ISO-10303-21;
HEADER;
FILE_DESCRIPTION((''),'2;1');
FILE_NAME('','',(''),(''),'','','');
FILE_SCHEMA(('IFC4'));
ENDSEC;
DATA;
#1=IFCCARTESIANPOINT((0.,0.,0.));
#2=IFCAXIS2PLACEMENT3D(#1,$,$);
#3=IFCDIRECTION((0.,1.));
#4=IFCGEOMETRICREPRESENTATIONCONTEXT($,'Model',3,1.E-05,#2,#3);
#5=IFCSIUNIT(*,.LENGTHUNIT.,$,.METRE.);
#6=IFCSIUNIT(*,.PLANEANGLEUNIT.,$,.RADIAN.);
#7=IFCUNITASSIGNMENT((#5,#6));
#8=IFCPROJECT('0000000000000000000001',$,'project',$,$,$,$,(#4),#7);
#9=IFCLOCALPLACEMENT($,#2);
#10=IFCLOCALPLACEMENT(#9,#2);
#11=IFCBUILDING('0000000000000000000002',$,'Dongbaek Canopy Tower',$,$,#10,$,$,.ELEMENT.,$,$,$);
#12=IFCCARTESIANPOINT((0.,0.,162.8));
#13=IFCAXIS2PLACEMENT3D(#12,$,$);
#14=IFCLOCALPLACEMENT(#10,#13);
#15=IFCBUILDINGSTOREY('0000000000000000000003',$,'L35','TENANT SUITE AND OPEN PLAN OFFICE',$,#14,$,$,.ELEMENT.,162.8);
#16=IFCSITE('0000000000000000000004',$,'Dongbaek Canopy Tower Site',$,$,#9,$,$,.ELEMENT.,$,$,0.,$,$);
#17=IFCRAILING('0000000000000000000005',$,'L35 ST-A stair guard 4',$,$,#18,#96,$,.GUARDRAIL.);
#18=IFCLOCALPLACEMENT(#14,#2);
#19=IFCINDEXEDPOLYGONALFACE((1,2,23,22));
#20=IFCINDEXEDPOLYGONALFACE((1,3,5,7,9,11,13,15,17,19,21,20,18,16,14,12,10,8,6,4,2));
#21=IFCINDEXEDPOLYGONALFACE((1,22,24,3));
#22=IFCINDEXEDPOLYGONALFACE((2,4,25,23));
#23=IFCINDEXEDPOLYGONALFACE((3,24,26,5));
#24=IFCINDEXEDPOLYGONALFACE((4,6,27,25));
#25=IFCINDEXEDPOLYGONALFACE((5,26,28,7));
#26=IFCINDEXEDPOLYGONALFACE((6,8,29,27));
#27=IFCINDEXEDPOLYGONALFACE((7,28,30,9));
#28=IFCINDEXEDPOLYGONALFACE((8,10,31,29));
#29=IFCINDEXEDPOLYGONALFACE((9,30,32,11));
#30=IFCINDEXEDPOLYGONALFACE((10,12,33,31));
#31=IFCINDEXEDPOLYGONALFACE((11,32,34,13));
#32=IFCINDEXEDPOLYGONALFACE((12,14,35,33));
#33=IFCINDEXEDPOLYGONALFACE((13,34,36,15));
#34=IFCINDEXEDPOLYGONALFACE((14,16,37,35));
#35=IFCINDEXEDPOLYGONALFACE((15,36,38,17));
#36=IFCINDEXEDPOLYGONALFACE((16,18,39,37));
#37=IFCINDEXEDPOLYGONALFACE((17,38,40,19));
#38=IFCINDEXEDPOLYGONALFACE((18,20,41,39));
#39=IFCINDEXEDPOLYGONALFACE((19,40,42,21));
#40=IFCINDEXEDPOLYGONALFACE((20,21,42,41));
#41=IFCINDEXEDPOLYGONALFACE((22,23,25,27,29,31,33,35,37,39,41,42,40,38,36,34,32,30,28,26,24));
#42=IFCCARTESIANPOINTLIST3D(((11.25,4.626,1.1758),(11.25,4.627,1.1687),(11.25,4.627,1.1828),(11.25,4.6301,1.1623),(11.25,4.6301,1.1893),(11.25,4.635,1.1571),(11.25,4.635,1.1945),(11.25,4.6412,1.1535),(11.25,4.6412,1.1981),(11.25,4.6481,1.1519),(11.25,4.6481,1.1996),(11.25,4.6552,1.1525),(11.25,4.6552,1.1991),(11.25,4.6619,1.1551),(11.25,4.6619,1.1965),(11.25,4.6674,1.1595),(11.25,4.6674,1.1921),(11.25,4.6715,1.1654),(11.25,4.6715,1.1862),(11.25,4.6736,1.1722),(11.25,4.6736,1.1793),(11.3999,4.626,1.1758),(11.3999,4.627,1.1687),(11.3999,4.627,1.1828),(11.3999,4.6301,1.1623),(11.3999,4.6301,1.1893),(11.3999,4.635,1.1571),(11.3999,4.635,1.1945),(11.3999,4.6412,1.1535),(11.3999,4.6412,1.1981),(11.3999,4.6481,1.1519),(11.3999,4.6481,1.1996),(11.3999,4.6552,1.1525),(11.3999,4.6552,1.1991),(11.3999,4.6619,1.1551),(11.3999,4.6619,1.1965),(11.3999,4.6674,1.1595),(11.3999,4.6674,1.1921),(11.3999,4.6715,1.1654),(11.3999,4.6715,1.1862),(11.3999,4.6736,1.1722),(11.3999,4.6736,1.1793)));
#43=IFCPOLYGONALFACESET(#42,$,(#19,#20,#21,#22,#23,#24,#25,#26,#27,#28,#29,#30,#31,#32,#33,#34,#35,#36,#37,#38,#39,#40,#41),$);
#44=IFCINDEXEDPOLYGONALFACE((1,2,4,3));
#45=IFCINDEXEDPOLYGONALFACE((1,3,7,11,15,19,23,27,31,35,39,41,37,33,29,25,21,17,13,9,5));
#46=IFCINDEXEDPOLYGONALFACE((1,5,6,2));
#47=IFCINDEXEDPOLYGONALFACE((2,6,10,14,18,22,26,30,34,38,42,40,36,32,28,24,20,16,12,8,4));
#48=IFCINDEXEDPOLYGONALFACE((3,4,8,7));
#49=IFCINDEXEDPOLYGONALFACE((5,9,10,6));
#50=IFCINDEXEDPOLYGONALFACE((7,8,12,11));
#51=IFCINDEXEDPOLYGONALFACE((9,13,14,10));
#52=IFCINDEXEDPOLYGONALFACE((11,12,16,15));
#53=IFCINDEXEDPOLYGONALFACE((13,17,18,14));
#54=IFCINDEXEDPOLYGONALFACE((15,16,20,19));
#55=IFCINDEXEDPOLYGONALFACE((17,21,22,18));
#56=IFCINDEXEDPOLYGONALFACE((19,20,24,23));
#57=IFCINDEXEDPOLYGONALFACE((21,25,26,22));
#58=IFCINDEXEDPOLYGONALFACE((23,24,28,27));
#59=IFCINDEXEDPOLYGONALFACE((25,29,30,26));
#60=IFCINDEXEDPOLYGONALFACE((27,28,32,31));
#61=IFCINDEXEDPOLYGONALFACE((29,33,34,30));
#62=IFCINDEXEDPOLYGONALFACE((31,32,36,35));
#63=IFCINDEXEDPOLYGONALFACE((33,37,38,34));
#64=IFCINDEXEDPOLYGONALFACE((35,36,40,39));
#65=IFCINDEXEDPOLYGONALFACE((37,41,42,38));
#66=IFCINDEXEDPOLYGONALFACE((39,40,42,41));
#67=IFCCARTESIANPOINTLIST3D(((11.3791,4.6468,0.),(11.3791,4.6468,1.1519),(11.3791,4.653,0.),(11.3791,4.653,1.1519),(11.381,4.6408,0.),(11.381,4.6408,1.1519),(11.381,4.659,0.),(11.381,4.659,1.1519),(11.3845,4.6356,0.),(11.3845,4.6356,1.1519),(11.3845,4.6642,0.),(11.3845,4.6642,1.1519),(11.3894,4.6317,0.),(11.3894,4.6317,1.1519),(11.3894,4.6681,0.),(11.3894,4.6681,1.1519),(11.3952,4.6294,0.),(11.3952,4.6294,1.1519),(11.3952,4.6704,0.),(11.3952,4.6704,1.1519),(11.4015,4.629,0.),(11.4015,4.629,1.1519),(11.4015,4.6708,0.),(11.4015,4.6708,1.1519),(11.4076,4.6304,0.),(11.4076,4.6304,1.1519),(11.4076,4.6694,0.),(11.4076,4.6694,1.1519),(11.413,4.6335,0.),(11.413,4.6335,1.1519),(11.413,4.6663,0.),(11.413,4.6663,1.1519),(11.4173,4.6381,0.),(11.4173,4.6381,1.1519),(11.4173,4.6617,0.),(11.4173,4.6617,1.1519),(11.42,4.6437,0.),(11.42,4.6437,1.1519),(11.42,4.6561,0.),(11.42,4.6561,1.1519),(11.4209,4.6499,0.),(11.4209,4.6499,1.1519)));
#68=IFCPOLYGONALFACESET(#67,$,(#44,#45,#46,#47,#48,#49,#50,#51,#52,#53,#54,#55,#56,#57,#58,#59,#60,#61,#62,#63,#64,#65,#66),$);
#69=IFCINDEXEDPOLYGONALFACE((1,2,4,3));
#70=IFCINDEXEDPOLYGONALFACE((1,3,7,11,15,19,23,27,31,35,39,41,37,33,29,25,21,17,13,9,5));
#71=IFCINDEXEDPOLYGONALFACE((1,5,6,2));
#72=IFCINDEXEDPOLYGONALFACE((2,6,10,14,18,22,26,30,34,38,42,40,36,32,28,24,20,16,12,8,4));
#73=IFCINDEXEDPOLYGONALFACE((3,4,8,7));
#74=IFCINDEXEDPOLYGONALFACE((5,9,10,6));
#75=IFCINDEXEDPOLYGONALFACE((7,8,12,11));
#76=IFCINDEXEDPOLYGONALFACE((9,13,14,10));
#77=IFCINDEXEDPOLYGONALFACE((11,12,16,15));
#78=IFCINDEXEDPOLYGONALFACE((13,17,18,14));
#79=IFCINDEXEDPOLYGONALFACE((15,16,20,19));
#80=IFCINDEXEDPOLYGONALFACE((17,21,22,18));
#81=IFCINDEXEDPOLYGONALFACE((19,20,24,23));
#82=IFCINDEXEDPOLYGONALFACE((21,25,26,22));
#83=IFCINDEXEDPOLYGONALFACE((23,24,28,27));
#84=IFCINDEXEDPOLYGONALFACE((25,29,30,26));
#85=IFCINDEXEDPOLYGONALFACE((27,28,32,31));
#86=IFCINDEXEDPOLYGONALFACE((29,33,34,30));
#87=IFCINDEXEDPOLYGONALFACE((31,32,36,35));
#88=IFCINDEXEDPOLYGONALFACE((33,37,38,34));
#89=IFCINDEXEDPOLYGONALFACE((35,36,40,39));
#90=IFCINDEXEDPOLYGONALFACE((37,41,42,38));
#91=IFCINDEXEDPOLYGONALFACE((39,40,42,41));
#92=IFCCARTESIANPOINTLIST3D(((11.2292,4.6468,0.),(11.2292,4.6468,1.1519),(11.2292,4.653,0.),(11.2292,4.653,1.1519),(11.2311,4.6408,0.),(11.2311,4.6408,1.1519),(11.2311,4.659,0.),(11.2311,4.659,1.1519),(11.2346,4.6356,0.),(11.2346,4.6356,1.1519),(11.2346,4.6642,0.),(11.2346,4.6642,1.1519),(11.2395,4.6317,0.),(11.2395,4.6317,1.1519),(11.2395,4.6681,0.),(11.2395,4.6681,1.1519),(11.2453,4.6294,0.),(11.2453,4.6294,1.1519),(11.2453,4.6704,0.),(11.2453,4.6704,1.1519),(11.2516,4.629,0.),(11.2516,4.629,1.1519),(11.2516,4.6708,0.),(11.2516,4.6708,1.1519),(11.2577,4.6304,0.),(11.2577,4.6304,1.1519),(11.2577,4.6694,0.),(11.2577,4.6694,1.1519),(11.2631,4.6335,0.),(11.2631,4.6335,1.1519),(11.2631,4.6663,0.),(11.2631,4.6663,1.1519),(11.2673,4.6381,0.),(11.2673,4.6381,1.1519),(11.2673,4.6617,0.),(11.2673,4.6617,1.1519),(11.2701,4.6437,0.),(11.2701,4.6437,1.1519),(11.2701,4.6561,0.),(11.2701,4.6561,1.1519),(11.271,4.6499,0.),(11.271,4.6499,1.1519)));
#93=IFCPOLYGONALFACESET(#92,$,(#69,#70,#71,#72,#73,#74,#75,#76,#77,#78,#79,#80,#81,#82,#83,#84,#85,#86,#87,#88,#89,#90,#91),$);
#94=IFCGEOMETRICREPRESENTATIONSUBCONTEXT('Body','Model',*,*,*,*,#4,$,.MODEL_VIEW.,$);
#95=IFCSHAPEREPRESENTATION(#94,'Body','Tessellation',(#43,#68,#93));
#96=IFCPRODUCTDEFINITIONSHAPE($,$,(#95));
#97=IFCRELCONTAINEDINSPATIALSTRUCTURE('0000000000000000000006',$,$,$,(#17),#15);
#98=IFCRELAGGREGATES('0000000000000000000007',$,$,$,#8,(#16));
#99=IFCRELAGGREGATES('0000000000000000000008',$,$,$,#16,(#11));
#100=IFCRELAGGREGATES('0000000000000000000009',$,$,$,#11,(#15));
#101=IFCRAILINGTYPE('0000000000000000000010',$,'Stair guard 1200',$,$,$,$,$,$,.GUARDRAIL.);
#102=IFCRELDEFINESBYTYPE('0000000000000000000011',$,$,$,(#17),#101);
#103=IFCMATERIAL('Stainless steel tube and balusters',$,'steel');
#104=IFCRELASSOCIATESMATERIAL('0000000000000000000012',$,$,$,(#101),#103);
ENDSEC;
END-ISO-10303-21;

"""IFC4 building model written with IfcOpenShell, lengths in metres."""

from ifc_helpers import new_model, si_unit, direction, frame, origin, origin_2d, place, context, subcontext, project, spatial, circle, extrude, material, type_object, element, save


model = new_model("IFC4")

# Units and contexts
model_context = context("Model", 3, precision=1e-05, world=origin(), true_north=direction((0.0, 1.0)))
body_context = subcontext(model_context, "Body", "Model", "MODEL_VIEW")
ifc_project = project(units=[si_unit("LENGTHUNIT", "METRE"), si_unit("PLANEANGLEUNIT", "RADIAN")], contexts=[model_context])

# Site, building, storey
site_placement = place(None, origin())
site = spatial("IfcSite", under=ifc_project, at=site_placement, Name="Dongbaek Canopy Tower Site", CompositionType="ELEMENT", RefElevation=0.0)
building_placement = place(site_placement, origin())
building = spatial("IfcBuilding", under=site, at=building_placement, Name="Dongbaek Canopy Tower", CompositionType="ELEMENT")
storey_placement = place(building_placement, frame((0.0, 0.0, 162.8)))
storey = spatial("IfcBuildingStorey", under=building, at=storey_placement, Name="L35", Description="TENANT SUITE AND OPEN PLAN OFFICE", CompositionType="ELEMENT", Elevation=162.8)

# Railing
ifc_material_1 = material(Name="Stainless steel tube and balusters", Category="steel")
railing_type_1 = type_object("IfcRailingType", Name="Stair guard 1200", PredefinedType="GUARDRAIL", material=ifc_material_1)
railing_1_placement = place(storey_placement, frame((11.3999, 4.6499, 0.0)))
element("IfcRailing", 1, at=railing_1_placement, inside=storey, type_object=railing_type_1, Name="L35 ST-A stair guard 4", PredefinedType="GUARDRAIL", context=body_context, shape_type="SweptSolid", body=[
    extrude(circle(Radius=0.0239, at=origin_2d()), frame((0.0, 0.0, 1.1758), z_axis=(-1.0, 0.0, 0.0), x_axis=(0.0, -1.0, 0.0)), (0.0, 0.0, 1.0), 0.1499),
    extrude(circle(Radius=0.021, at=origin_2d()), origin(), (0.0, 0.0, 1.0), 1.1519),
    extrude(circle(Radius=0.021, at=origin_2d()), frame((-0.1499, 0.0, 0.0)), (0.0, 0.0, 1.0), 1.1519),
])

save(model, "model.ifc")
